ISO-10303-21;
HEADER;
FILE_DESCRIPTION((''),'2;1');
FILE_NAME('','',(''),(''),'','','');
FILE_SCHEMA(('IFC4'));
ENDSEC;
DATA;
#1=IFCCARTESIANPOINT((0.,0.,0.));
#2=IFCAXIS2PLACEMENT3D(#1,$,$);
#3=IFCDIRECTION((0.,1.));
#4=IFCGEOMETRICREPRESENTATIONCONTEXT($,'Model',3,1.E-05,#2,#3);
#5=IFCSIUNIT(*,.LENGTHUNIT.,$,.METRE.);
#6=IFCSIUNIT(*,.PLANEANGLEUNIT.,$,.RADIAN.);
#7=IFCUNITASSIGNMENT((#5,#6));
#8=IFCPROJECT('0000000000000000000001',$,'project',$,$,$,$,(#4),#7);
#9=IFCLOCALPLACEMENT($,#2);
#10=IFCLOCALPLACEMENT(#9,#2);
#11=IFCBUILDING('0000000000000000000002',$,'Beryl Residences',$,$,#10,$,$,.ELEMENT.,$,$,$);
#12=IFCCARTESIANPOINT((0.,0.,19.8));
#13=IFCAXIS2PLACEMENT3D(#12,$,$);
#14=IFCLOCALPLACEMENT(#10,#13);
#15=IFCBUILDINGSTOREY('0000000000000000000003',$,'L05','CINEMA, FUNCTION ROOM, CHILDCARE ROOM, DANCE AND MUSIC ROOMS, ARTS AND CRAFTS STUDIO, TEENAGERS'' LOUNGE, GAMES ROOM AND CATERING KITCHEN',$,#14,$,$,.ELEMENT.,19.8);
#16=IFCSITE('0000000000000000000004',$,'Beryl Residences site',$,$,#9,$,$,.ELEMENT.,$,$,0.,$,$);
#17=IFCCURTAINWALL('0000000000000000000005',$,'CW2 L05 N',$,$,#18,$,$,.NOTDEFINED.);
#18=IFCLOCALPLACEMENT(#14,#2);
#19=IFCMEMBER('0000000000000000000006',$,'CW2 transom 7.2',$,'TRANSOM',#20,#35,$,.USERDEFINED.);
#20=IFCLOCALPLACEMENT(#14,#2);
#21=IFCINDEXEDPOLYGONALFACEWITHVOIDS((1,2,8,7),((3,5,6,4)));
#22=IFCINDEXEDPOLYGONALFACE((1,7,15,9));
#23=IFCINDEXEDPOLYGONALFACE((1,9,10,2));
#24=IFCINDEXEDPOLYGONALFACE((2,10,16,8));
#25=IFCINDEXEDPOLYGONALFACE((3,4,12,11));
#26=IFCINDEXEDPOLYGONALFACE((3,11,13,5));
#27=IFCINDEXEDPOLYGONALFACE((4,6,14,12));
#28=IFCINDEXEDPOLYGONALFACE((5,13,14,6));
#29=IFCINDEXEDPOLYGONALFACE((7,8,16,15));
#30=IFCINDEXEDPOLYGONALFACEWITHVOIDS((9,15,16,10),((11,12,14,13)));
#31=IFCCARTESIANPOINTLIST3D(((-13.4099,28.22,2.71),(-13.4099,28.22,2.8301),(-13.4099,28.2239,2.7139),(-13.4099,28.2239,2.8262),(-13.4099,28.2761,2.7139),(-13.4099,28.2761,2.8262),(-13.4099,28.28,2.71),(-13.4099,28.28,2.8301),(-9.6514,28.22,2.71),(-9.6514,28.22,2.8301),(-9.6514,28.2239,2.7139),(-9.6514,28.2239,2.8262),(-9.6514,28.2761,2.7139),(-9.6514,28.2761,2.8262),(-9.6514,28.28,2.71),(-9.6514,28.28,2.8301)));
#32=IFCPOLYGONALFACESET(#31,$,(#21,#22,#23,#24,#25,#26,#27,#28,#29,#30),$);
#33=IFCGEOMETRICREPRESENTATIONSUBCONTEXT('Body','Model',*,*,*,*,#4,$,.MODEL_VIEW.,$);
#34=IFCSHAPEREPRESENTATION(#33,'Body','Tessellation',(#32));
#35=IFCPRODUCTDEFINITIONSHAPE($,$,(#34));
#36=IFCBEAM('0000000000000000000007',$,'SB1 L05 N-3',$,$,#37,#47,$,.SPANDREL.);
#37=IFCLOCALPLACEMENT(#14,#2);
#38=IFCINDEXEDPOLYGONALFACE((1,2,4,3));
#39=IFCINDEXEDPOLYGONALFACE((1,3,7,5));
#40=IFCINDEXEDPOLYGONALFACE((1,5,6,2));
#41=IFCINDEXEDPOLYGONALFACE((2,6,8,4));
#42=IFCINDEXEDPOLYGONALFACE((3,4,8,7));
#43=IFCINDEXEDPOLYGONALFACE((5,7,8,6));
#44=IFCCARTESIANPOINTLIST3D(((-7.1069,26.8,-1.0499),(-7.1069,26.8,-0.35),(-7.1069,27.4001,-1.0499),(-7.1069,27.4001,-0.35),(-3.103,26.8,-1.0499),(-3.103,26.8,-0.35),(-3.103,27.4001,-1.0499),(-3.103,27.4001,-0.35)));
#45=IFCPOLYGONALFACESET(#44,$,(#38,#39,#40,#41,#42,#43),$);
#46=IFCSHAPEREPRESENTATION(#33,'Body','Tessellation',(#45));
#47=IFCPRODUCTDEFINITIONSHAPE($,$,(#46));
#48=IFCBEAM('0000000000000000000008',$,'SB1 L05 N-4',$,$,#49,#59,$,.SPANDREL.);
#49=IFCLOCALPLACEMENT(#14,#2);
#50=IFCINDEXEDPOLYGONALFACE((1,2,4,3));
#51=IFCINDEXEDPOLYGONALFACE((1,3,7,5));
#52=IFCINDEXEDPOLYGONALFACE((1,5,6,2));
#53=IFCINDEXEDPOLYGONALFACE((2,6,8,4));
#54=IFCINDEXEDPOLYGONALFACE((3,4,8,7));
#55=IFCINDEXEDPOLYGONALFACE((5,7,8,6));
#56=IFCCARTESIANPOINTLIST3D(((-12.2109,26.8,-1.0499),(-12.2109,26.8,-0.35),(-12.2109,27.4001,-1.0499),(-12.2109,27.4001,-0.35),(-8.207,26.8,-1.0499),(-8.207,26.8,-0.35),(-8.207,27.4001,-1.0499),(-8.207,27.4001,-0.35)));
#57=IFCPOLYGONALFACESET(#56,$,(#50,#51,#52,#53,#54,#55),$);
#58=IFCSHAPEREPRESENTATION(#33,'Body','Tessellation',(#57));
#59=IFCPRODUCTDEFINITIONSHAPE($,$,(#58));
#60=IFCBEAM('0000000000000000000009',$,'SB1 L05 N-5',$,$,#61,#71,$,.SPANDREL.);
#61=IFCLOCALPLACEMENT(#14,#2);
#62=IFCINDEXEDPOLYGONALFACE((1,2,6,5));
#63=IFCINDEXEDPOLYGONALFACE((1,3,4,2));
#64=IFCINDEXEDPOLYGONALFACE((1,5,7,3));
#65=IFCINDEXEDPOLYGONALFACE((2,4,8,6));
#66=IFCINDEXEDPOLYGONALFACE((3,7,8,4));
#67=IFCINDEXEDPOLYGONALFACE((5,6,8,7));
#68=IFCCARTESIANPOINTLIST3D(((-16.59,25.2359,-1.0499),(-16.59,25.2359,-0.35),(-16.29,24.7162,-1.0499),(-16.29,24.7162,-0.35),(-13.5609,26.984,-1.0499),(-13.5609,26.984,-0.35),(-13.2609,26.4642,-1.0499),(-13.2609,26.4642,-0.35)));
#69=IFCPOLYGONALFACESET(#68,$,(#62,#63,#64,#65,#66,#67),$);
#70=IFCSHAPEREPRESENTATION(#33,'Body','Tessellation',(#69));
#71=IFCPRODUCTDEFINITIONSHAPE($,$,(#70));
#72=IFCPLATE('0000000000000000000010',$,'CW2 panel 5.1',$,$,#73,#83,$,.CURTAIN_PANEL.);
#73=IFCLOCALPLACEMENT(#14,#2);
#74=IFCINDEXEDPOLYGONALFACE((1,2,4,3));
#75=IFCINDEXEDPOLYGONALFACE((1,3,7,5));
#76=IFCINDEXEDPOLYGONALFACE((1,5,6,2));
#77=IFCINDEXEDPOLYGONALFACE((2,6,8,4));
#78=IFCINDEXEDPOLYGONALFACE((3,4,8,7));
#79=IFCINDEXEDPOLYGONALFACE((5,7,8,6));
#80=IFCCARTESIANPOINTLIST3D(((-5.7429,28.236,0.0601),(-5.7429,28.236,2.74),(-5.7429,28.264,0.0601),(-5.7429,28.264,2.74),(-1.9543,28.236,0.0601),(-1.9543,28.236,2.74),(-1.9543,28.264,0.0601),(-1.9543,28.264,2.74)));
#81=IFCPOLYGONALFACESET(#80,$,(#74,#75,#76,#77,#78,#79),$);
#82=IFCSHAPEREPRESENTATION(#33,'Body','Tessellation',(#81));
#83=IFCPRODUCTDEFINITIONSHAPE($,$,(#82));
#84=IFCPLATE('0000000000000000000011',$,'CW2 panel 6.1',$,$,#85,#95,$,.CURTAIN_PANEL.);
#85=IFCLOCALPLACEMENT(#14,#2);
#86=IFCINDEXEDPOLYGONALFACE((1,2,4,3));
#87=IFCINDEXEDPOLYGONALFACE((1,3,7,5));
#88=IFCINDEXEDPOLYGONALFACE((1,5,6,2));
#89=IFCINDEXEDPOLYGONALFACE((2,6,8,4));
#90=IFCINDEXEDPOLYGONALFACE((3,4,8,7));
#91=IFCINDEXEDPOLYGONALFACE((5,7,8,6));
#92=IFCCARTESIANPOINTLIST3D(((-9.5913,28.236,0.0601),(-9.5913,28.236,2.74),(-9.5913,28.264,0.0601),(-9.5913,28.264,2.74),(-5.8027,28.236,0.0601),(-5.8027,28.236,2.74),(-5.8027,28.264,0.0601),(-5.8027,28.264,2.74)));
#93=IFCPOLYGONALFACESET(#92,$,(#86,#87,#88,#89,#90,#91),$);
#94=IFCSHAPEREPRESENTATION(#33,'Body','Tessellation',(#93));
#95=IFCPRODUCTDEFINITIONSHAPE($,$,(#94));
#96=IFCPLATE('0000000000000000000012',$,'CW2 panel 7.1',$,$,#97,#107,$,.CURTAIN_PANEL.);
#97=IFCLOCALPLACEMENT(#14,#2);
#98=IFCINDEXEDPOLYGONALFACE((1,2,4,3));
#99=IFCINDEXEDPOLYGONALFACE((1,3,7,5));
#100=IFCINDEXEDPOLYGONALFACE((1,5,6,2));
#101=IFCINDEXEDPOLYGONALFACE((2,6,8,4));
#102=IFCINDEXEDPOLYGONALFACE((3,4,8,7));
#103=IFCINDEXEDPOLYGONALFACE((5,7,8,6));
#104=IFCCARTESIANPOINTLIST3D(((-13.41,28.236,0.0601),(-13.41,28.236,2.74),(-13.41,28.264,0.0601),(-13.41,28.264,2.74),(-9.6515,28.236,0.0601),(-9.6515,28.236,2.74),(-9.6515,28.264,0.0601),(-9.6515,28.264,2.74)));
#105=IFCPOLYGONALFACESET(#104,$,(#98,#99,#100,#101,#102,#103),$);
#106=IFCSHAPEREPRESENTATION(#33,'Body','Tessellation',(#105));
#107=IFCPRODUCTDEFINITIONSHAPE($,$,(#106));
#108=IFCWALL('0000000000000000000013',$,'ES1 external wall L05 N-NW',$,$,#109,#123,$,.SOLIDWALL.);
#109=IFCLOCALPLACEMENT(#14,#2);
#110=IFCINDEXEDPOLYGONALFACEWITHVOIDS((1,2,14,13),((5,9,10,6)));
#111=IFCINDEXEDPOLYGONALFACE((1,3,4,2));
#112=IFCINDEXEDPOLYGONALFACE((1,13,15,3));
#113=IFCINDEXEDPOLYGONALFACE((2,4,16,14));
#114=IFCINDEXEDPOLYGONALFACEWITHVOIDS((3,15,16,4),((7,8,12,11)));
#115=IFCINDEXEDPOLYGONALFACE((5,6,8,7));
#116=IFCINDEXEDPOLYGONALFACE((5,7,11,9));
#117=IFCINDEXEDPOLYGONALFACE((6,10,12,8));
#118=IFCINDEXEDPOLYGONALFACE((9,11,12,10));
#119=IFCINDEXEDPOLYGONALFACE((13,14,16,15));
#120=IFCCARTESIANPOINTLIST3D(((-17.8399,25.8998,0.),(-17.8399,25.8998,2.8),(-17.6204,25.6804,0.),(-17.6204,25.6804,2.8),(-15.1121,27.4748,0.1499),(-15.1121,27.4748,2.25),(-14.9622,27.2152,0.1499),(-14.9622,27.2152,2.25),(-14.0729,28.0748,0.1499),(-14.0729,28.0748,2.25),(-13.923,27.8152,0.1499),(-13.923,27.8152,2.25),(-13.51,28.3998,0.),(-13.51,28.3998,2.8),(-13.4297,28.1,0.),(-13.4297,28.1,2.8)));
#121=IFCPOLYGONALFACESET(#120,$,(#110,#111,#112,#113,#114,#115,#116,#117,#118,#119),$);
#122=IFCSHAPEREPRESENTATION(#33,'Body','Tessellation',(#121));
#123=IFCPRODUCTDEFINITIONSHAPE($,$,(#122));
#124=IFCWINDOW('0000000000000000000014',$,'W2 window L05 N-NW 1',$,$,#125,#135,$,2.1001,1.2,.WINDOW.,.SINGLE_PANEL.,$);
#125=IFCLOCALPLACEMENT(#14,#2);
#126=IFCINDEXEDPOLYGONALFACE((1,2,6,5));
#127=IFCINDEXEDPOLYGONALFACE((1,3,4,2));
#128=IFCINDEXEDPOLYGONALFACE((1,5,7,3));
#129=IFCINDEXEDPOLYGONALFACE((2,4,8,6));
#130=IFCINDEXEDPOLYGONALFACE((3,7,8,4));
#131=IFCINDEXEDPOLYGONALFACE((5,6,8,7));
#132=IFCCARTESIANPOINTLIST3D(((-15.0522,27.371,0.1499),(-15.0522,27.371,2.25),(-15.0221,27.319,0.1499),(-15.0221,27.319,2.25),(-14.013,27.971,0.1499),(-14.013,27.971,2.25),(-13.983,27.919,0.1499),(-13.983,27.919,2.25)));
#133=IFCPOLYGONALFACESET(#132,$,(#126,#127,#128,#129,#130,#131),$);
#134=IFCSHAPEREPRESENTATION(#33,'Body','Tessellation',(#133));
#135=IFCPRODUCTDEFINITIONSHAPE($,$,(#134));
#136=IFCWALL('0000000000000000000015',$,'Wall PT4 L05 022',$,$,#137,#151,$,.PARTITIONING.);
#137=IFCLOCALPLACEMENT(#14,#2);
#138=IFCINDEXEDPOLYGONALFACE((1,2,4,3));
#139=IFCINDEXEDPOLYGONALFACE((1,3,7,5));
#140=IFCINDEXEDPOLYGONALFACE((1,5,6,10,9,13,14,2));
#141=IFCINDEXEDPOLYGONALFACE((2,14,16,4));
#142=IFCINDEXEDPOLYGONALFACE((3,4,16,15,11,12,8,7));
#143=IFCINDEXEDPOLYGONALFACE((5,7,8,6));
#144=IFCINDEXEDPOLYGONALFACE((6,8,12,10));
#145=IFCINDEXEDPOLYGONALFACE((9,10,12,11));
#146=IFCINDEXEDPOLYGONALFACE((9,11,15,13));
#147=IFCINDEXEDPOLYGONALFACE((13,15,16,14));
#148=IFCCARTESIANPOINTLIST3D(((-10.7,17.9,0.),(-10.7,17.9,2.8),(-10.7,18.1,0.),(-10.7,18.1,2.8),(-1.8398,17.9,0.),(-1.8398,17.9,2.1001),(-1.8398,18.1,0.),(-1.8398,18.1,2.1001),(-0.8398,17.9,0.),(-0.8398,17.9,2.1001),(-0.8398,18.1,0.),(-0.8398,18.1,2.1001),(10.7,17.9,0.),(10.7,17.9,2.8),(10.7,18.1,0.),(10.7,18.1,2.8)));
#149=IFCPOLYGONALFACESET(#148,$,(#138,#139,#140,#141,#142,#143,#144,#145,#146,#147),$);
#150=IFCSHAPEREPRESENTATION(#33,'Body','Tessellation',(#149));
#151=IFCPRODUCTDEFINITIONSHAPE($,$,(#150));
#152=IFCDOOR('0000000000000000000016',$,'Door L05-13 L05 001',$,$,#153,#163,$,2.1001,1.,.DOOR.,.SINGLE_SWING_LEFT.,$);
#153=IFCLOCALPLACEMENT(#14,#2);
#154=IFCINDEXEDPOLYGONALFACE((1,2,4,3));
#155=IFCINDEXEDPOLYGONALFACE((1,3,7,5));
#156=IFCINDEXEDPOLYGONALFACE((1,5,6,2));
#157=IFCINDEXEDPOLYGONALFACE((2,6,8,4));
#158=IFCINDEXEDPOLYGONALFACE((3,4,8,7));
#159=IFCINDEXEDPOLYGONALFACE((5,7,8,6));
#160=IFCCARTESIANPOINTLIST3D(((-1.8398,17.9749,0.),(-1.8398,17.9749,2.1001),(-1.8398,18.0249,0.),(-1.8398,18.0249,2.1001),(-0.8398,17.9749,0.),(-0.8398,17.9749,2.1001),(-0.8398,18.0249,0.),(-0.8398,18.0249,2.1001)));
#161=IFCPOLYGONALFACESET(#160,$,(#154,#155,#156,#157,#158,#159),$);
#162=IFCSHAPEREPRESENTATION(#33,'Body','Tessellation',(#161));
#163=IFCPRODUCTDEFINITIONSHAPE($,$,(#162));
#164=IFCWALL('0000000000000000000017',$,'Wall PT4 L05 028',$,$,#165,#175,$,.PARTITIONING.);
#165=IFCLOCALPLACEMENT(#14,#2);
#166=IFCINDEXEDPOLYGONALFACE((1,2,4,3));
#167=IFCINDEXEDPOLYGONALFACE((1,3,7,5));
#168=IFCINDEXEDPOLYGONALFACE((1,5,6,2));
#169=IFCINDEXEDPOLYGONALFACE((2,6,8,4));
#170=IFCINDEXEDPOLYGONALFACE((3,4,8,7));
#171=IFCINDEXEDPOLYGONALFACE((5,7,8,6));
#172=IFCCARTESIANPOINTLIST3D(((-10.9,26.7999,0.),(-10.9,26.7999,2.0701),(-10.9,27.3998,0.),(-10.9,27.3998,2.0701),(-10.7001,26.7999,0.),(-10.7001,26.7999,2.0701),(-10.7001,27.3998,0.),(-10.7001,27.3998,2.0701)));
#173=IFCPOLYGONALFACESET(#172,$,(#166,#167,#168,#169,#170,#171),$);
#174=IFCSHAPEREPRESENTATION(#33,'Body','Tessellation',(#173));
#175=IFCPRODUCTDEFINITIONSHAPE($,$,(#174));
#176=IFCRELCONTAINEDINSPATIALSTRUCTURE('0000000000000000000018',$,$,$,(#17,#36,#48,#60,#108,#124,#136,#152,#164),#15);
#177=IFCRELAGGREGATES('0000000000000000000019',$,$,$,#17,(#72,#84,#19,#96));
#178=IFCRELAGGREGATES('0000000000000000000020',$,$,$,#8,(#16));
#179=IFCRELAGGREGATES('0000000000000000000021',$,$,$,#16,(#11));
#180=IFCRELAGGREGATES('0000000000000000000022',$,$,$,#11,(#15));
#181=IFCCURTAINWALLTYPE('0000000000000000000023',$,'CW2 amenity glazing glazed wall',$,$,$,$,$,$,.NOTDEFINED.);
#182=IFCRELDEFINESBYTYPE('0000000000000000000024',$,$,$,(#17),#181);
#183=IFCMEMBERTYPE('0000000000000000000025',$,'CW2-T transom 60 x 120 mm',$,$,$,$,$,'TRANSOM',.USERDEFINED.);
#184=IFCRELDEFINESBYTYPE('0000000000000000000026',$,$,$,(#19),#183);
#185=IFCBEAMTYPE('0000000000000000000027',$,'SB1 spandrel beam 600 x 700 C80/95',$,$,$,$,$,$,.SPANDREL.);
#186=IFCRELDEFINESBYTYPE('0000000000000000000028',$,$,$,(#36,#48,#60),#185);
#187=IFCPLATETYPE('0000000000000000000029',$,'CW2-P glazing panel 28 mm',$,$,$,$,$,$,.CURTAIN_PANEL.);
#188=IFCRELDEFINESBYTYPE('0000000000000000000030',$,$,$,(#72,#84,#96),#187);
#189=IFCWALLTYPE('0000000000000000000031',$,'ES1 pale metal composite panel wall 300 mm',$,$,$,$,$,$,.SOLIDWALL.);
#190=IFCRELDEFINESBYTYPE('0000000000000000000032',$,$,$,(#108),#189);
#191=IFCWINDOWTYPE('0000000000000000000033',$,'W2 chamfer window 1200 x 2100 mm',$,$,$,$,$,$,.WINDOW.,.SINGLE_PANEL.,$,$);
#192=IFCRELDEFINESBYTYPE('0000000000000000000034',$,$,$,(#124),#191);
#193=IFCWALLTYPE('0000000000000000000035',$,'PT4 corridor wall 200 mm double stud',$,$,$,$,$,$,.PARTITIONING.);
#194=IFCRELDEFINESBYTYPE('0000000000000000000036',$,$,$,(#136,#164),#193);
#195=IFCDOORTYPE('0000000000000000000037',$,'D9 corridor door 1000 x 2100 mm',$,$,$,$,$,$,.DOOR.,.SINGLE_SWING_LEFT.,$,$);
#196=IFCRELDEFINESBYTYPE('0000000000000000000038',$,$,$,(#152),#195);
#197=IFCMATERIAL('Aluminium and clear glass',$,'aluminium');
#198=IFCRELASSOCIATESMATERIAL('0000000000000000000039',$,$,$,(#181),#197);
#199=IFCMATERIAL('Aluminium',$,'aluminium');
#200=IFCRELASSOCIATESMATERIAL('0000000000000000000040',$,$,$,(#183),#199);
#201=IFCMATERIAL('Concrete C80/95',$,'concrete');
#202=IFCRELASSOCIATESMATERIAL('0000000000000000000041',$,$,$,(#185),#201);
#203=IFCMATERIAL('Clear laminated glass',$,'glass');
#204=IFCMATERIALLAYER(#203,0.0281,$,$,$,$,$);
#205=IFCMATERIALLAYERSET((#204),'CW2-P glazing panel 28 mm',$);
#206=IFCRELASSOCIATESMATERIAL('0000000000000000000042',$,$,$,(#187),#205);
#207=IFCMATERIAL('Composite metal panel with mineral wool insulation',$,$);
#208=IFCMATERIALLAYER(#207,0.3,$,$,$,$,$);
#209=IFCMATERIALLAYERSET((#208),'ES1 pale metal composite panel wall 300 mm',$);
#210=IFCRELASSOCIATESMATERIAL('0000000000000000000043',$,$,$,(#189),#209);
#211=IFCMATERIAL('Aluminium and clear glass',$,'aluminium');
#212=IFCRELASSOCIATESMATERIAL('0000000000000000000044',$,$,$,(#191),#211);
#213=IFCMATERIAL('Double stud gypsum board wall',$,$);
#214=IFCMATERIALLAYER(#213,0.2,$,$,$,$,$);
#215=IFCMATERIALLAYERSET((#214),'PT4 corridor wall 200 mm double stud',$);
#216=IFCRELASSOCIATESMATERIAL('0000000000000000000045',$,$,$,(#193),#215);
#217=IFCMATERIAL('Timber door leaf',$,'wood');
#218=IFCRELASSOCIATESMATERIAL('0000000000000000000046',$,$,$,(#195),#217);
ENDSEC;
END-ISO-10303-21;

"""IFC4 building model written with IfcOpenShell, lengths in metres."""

from ifc_helpers import new_model, si_unit, direction, frame, frame_2d, origin, origin_2d, place, context, subcontext, project, spatial, polyline, rectangle, hollow_rectangle, outline, extrude, material, layer, layer_set, material_profile, profile_set, type_object, element, fill, aggregate, save


model = new_model("IFC4")

# Units and contexts
model_context = context("Model", 3, precision=1e-05, world=origin(), true_north=direction((0.0, 1.0)))
body_context = subcontext(model_context, "Body", "Model", "MODEL_VIEW")
ifc_project = project(units=[si_unit("LENGTHUNIT", "METRE"), si_unit("PLANEANGLEUNIT", "RADIAN")], contexts=[model_context])

# Site, building, storey
site_placement = place(None, origin())
site = spatial("IfcSite", under=ifc_project, at=site_placement, Name="Beryl Residences site", CompositionType="ELEMENT", RefElevation=0.0)
building_placement = place(site_placement, origin())
building = spatial("IfcBuilding", under=site, at=building_placement, Name="Beryl Residences", CompositionType="ELEMENT")
storey_placement = place(building_placement, frame((0.0, 0.0, 19.8)))
storey = spatial("IfcBuildingStorey", under=building, at=storey_placement, Name="L05", Description="CINEMA, FUNCTION ROOM, CHILDCARE ROOM, DANCE AND MUSIC ROOMS, ARTS AND CRAFTS STUDIO, TEENAGERS' LOUNGE, GAMES ROOM AND CATERING KITCHEN", CompositionType="ELEMENT", Elevation=19.8)

# Curtain wall, member
ifc_material_1 = material(Name="Aluminium and clear glass", Category="aluminium")
curtain_wall_type = type_object("IfcCurtainWallType", Name="CW2 amenity glazing glazed wall", PredefinedType="NOTDEFINED", material=ifc_material_1)
curtain_wall_placement = place(storey_placement, origin())
curtain_wall = element("IfcCurtainWall", 1, at=curtain_wall_placement, inside=storey, type_object=curtain_wall_type, Name="CW2 L05 N", PredefinedType="NOTDEFINED")
ifc_material_2 = material(Name="Aluminium", Category="aluminium")
ifc_material_profile_1 = material_profile(ifc_material_2, hollow_rectangle(XDim=0.0601, YDim=0.1201, WallThickness=0.0039, at=origin_2d()))
ifc_profile_set_1 = profile_set([ifc_material_profile_1], Name="Aluminium")
member_type_1 = type_object("IfcMemberType", Name="CW2-T transom 60 x 120 mm", ElementType="TRANSOM", PredefinedType="USERDEFINED", material=ifc_profile_set_1)
member_1_placement = place(storey_placement, frame((-9.6514, 28.25, 2.77), z_axis=(-1.0, 0.0, 0.0), x_axis=(0.0, -1.0, 0.0)))
member_1 = element("IfcMember", 2, at=member_1_placement, type_object=member_type_1, Name="CW2 transom 7.2", ObjectType="TRANSOM", PredefinedType="USERDEFINED", context=body_context, shape_type="SweptSolid", body=[
    extrude(hollow_rectangle(XDim=0.0601, YDim=0.1201, WallThickness=0.0039, at=origin_2d()), origin(), (0.0, 0.0, 1.0), 3.7585),
])

# Beams
ifc_material_3 = material(Name="Concrete C80/95", Category="concrete")
ifc_material_profile_2 = material_profile(ifc_material_3, rectangle(XDim=0.6001, YDim=0.7, at=origin_2d()))
ifc_profile_set_2 = profile_set([ifc_material_profile_2], Name="Concrete C80/95")
beam_type = type_object("IfcBeamType", Name="SB1 spandrel beam 600 x 700 C80/95", PredefinedType="SPANDREL", material=ifc_profile_set_2)
for number, where, z_axis, x_axis, name in (
    (3, (-3.103, 27.1001, -0.7), (-1.0, 0.0, 0.0), (0.0, -1.0, 0.0), "SB1 L05 N-3"),
    (4, (-8.207, 27.1001, -0.7), (-1.0, 0.0, 0.0), (0.0, -1.0, 0.0), "SB1 L05 N-4"),
):
    element("IfcBeam", number, at=place(storey_placement, frame(where, z_axis=z_axis, x_axis=x_axis)), inside=storey, type_object=beam_type, Name=name, PredefinedType="SPANDREL", context=body_context, shape_type="SweptSolid", body=[
        extrude(rectangle(XDim=0.6001, YDim=0.7, at=origin_2d()), origin(), (0.0, 0.0, 1.0), 4.0039),
    ])
beam_placement = place(storey_placement, frame((-13.4109, 26.7241, -0.7), z_axis=(-0.866122, -0.499833, 0.0), x_axis=(0.499833, -0.866122, 0.0)))
element("IfcBeam", 5, at=beam_placement, inside=storey, type_object=beam_type, Name="SB1 L05 N-5", PredefinedType="SPANDREL", context=body_context, shape_type="SweptSolid", body=[
    extrude(rectangle(XDim=0.6001, YDim=0.7, at=origin_2d()), origin(), (0.0, 0.0, 1.0), 3.4973),
])

# Plates
ifc_material_4 = material(Name="Clear laminated glass", Category="glass")
ifc_layer_1 = layer(ifc_material_4, 0.0281)
ifc_layer_set_1 = layer_set([ifc_layer_1], Name="CW2-P glazing panel 28 mm")
plate_type = type_object("IfcPlateType", Name="CW2-P glazing panel 28 mm", PredefinedType="CURTAIN_PANEL", material=ifc_layer_set_1)
plate_1_placement = place(storey_placement, frame((-3.8486, 28.25, 0.0601), z_axis=(0.0, 0.0, 1.0), x_axis=(-1.0, 0.0, 0.0)))
plate_1 = element("IfcPlate", 6, at=plate_1_placement, type_object=plate_type, Name="CW2 panel 5.1", PredefinedType="CURTAIN_PANEL", context=body_context, shape_type="SweptSolid", body=[
    extrude(rectangle(XDim=3.7886, YDim=0.0281, at=origin_2d()), origin(), (0.0, 0.0, 1.0), 2.6799),
])
plate_2_placement = place(storey_placement, frame((-7.697, 28.25, 0.0601), z_axis=(0.0, 0.0, 1.0), x_axis=(-1.0, 0.0, 0.0)))
plate_2 = element("IfcPlate", 7, at=plate_2_placement, type_object=plate_type, Name="CW2 panel 6.1", PredefinedType="CURTAIN_PANEL", context=body_context, shape_type="SweptSolid", body=[
    extrude(rectangle(XDim=3.7886, YDim=0.0281, at=origin_2d()), origin(), (0.0, 0.0, 1.0), 2.6799),
])
plate_3_placement = place(storey_placement, frame((-11.5308, 28.25, 0.0601), z_axis=(0.0, 0.0, 1.0), x_axis=(-1.0, 0.0, 0.0)))
plate_3 = element("IfcPlate", 8, at=plate_3_placement, type_object=plate_type, Name="CW2 panel 7.1", PredefinedType="CURTAIN_PANEL", context=body_context, shape_type="SweptSolid", body=[
    extrude(rectangle(XDim=3.7585, YDim=0.0281, at=origin_2d()), origin(), (0.0, 0.0, 1.0), 2.6799),
])
aggregate(curtain_wall, [plate_1, plate_2, member_1, plate_3])

# Wall, opening, window
ifc_material_5 = material(Name="Composite metal panel with mineral wool insulation")
ifc_layer_2 = layer(ifc_material_5, 0.3)
ifc_layer_set_2 = layer_set([ifc_layer_2], Name="ES1 pale metal composite panel wall 300 mm")
wall_type_1 = type_object("IfcWallType", Name="ES1 pale metal composite panel wall 300 mm", PredefinedType="SOLIDWALL", material=ifc_layer_set_2)
wall_1_placement = place(storey_placement, frame((-13.4351, 28.27, 0.0), z_axis=(0.0, 0.0, 1.0), x_axis=(-0.866011, -0.500025, 0.0)))
wall_1 = element("IfcWall", 9, at=wall_1_placement, inside=storey, type_object=wall_type_1, Name="ES1 external wall L05 N-NW", PredefinedType="SOLIDWALL", context=body_context, shape_type="SweptSolid", body=[
    extrude(outline(polyline([(0.0, -0.1499), (4.9998, -0.1499), (4.9194, 0.1499), (0.0803, 0.1499), (0.0, -0.1499)])), origin(), (0.0, 0.0, 1.0), 2.8),
])
opening_1_placement = place(wall_1_placement, frame((0.6499, 0.0, 0.1499)))
opening_1 = element("IfcOpeningElement", 10, at=opening_1_placement, cuts=wall_1, PredefinedType="OPENING", context=body_context, shape_type="SweptSolid", body=[
    extrude(rectangle(XDim=1.2, YDim=2.1001, at=frame_2d((0.6001, 1.05))), frame((0.0, 0.1599, 0.0), z_axis=(0.0, -1.0, 0.0), x_axis=(1.0, 0.0, 0.0)), (0.0, 0.0, 1.0), 0.3201),
])
ifc_material_6 = material(Name="Aluminium and clear glass", Category="aluminium")
window_type = type_object("IfcWindowType", Name="W2 chamfer window 1200 x 2100 mm", PartitioningType="SINGLE_PANEL", PredefinedType="WINDOW", material=ifc_material_6)
window_placement = place(opening_1_placement, origin())
window = element("IfcWindow", 11, at=window_placement, inside=storey, type_object=window_type, Name="W2 window L05 N-NW 1", OverallHeight=2.1001, OverallWidth=1.2, PartitioningType="SINGLE_PANEL", PredefinedType="WINDOW", context=body_context, shape_type="SweptSolid", body=[
    extrude(rectangle(XDim=1.2, YDim=2.1001, at=frame_2d((0.6001, 1.05))), frame((0.0, 0.03, 0.0), z_axis=(0.0, -1.0, 0.0), x_axis=(1.0, 0.0, 0.0)), (0.0, 0.0, 1.0), 0.0601),
])
fill(opening_1, window)

# Wall, opening, door
ifc_material_7 = material(Name="Double stud gypsum board wall")
ifc_layer_3 = layer(ifc_material_7, 0.2)
ifc_layer_set_3 = layer_set([ifc_layer_3], Name="PT4 corridor wall 200 mm double stud")
wall_type_2 = type_object("IfcWallType", Name="PT4 corridor wall 200 mm double stud", PredefinedType="PARTITIONING", material=ifc_layer_set_3)
wall_2_placement = place(storey_placement, frame((-10.7, 18.0, 0.0), z_axis=(0.0, 0.0, 1.0), x_axis=(1.0, 0.0, 0.0)))
wall_2 = element("IfcWall", 12, at=wall_2_placement, inside=storey, type_object=wall_type_2, Name="Wall PT4 L05 022", PredefinedType="PARTITIONING", context=body_context, shape_type="SweptSolid", body=[
    extrude(rectangle(XDim=21.3999, YDim=0.2, at=frame_2d((10.7, 0.0))), origin(), (0.0, 0.0, 1.0), 2.8),
])
opening_2_placement = place(wall_2_placement, frame((8.8601, 0.0, 0.0)))
opening_2 = element("IfcOpeningElement", 13, at=opening_2_placement, cuts=wall_2, PredefinedType="OPENING", context=body_context, shape_type="SweptSolid", body=[
    extrude(rectangle(XDim=1.0, YDim=2.1001, at=frame_2d((0.5, 1.05))), frame((0.0, 0.1099, 0.0), z_axis=(0.0, -1.0, 0.0), x_axis=(1.0, 0.0, 0.0)), (0.0, 0.0, 1.0), 0.22),
])
ifc_material_8 = material(Name="Timber door leaf", Category="wood")
door_type = type_object("IfcDoorType", Name="D9 corridor door 1000 x 2100 mm", OperationType="SINGLE_SWING_LEFT", PredefinedType="DOOR", material=ifc_material_8)
door_placement = place(opening_2_placement, origin())
door = element("IfcDoor", 14, at=door_placement, inside=storey, type_object=door_type, Name="Door L05-13 L05 001", OperationType="SINGLE_SWING_LEFT", OverallHeight=2.1001, OverallWidth=1.0, PredefinedType="DOOR", context=body_context, shape_type="SweptSolid", body=[
    extrude(rectangle(XDim=1.0, YDim=2.1001, at=frame_2d((0.5, 1.05))), frame((0.0, 0.0249, 0.0), z_axis=(0.0, -1.0, 0.0), x_axis=(1.0, 0.0, 0.0)), (0.0, 0.0, 1.0), 0.05),
])
fill(opening_2, door)

# Wall
wall_3_placement = place(storey_placement, frame((-10.8, 26.8, 0.0), z_axis=(0.0, 0.0, 1.0), x_axis=(0.0, 1.0, 0.0)))
element("IfcWall", 15, at=wall_3_placement, inside=storey, type_object=wall_type_2, Name="Wall PT4 L05 028", PredefinedType="PARTITIONING", context=body_context, shape_type="SweptSolid", body=[
    extrude(rectangle(XDim=0.5999, YDim=0.2, at=frame_2d((0.2998, 0.0))), origin(), (0.0, 0.0, 1.0), 2.0701),
])

save(model, "model.ifc")
